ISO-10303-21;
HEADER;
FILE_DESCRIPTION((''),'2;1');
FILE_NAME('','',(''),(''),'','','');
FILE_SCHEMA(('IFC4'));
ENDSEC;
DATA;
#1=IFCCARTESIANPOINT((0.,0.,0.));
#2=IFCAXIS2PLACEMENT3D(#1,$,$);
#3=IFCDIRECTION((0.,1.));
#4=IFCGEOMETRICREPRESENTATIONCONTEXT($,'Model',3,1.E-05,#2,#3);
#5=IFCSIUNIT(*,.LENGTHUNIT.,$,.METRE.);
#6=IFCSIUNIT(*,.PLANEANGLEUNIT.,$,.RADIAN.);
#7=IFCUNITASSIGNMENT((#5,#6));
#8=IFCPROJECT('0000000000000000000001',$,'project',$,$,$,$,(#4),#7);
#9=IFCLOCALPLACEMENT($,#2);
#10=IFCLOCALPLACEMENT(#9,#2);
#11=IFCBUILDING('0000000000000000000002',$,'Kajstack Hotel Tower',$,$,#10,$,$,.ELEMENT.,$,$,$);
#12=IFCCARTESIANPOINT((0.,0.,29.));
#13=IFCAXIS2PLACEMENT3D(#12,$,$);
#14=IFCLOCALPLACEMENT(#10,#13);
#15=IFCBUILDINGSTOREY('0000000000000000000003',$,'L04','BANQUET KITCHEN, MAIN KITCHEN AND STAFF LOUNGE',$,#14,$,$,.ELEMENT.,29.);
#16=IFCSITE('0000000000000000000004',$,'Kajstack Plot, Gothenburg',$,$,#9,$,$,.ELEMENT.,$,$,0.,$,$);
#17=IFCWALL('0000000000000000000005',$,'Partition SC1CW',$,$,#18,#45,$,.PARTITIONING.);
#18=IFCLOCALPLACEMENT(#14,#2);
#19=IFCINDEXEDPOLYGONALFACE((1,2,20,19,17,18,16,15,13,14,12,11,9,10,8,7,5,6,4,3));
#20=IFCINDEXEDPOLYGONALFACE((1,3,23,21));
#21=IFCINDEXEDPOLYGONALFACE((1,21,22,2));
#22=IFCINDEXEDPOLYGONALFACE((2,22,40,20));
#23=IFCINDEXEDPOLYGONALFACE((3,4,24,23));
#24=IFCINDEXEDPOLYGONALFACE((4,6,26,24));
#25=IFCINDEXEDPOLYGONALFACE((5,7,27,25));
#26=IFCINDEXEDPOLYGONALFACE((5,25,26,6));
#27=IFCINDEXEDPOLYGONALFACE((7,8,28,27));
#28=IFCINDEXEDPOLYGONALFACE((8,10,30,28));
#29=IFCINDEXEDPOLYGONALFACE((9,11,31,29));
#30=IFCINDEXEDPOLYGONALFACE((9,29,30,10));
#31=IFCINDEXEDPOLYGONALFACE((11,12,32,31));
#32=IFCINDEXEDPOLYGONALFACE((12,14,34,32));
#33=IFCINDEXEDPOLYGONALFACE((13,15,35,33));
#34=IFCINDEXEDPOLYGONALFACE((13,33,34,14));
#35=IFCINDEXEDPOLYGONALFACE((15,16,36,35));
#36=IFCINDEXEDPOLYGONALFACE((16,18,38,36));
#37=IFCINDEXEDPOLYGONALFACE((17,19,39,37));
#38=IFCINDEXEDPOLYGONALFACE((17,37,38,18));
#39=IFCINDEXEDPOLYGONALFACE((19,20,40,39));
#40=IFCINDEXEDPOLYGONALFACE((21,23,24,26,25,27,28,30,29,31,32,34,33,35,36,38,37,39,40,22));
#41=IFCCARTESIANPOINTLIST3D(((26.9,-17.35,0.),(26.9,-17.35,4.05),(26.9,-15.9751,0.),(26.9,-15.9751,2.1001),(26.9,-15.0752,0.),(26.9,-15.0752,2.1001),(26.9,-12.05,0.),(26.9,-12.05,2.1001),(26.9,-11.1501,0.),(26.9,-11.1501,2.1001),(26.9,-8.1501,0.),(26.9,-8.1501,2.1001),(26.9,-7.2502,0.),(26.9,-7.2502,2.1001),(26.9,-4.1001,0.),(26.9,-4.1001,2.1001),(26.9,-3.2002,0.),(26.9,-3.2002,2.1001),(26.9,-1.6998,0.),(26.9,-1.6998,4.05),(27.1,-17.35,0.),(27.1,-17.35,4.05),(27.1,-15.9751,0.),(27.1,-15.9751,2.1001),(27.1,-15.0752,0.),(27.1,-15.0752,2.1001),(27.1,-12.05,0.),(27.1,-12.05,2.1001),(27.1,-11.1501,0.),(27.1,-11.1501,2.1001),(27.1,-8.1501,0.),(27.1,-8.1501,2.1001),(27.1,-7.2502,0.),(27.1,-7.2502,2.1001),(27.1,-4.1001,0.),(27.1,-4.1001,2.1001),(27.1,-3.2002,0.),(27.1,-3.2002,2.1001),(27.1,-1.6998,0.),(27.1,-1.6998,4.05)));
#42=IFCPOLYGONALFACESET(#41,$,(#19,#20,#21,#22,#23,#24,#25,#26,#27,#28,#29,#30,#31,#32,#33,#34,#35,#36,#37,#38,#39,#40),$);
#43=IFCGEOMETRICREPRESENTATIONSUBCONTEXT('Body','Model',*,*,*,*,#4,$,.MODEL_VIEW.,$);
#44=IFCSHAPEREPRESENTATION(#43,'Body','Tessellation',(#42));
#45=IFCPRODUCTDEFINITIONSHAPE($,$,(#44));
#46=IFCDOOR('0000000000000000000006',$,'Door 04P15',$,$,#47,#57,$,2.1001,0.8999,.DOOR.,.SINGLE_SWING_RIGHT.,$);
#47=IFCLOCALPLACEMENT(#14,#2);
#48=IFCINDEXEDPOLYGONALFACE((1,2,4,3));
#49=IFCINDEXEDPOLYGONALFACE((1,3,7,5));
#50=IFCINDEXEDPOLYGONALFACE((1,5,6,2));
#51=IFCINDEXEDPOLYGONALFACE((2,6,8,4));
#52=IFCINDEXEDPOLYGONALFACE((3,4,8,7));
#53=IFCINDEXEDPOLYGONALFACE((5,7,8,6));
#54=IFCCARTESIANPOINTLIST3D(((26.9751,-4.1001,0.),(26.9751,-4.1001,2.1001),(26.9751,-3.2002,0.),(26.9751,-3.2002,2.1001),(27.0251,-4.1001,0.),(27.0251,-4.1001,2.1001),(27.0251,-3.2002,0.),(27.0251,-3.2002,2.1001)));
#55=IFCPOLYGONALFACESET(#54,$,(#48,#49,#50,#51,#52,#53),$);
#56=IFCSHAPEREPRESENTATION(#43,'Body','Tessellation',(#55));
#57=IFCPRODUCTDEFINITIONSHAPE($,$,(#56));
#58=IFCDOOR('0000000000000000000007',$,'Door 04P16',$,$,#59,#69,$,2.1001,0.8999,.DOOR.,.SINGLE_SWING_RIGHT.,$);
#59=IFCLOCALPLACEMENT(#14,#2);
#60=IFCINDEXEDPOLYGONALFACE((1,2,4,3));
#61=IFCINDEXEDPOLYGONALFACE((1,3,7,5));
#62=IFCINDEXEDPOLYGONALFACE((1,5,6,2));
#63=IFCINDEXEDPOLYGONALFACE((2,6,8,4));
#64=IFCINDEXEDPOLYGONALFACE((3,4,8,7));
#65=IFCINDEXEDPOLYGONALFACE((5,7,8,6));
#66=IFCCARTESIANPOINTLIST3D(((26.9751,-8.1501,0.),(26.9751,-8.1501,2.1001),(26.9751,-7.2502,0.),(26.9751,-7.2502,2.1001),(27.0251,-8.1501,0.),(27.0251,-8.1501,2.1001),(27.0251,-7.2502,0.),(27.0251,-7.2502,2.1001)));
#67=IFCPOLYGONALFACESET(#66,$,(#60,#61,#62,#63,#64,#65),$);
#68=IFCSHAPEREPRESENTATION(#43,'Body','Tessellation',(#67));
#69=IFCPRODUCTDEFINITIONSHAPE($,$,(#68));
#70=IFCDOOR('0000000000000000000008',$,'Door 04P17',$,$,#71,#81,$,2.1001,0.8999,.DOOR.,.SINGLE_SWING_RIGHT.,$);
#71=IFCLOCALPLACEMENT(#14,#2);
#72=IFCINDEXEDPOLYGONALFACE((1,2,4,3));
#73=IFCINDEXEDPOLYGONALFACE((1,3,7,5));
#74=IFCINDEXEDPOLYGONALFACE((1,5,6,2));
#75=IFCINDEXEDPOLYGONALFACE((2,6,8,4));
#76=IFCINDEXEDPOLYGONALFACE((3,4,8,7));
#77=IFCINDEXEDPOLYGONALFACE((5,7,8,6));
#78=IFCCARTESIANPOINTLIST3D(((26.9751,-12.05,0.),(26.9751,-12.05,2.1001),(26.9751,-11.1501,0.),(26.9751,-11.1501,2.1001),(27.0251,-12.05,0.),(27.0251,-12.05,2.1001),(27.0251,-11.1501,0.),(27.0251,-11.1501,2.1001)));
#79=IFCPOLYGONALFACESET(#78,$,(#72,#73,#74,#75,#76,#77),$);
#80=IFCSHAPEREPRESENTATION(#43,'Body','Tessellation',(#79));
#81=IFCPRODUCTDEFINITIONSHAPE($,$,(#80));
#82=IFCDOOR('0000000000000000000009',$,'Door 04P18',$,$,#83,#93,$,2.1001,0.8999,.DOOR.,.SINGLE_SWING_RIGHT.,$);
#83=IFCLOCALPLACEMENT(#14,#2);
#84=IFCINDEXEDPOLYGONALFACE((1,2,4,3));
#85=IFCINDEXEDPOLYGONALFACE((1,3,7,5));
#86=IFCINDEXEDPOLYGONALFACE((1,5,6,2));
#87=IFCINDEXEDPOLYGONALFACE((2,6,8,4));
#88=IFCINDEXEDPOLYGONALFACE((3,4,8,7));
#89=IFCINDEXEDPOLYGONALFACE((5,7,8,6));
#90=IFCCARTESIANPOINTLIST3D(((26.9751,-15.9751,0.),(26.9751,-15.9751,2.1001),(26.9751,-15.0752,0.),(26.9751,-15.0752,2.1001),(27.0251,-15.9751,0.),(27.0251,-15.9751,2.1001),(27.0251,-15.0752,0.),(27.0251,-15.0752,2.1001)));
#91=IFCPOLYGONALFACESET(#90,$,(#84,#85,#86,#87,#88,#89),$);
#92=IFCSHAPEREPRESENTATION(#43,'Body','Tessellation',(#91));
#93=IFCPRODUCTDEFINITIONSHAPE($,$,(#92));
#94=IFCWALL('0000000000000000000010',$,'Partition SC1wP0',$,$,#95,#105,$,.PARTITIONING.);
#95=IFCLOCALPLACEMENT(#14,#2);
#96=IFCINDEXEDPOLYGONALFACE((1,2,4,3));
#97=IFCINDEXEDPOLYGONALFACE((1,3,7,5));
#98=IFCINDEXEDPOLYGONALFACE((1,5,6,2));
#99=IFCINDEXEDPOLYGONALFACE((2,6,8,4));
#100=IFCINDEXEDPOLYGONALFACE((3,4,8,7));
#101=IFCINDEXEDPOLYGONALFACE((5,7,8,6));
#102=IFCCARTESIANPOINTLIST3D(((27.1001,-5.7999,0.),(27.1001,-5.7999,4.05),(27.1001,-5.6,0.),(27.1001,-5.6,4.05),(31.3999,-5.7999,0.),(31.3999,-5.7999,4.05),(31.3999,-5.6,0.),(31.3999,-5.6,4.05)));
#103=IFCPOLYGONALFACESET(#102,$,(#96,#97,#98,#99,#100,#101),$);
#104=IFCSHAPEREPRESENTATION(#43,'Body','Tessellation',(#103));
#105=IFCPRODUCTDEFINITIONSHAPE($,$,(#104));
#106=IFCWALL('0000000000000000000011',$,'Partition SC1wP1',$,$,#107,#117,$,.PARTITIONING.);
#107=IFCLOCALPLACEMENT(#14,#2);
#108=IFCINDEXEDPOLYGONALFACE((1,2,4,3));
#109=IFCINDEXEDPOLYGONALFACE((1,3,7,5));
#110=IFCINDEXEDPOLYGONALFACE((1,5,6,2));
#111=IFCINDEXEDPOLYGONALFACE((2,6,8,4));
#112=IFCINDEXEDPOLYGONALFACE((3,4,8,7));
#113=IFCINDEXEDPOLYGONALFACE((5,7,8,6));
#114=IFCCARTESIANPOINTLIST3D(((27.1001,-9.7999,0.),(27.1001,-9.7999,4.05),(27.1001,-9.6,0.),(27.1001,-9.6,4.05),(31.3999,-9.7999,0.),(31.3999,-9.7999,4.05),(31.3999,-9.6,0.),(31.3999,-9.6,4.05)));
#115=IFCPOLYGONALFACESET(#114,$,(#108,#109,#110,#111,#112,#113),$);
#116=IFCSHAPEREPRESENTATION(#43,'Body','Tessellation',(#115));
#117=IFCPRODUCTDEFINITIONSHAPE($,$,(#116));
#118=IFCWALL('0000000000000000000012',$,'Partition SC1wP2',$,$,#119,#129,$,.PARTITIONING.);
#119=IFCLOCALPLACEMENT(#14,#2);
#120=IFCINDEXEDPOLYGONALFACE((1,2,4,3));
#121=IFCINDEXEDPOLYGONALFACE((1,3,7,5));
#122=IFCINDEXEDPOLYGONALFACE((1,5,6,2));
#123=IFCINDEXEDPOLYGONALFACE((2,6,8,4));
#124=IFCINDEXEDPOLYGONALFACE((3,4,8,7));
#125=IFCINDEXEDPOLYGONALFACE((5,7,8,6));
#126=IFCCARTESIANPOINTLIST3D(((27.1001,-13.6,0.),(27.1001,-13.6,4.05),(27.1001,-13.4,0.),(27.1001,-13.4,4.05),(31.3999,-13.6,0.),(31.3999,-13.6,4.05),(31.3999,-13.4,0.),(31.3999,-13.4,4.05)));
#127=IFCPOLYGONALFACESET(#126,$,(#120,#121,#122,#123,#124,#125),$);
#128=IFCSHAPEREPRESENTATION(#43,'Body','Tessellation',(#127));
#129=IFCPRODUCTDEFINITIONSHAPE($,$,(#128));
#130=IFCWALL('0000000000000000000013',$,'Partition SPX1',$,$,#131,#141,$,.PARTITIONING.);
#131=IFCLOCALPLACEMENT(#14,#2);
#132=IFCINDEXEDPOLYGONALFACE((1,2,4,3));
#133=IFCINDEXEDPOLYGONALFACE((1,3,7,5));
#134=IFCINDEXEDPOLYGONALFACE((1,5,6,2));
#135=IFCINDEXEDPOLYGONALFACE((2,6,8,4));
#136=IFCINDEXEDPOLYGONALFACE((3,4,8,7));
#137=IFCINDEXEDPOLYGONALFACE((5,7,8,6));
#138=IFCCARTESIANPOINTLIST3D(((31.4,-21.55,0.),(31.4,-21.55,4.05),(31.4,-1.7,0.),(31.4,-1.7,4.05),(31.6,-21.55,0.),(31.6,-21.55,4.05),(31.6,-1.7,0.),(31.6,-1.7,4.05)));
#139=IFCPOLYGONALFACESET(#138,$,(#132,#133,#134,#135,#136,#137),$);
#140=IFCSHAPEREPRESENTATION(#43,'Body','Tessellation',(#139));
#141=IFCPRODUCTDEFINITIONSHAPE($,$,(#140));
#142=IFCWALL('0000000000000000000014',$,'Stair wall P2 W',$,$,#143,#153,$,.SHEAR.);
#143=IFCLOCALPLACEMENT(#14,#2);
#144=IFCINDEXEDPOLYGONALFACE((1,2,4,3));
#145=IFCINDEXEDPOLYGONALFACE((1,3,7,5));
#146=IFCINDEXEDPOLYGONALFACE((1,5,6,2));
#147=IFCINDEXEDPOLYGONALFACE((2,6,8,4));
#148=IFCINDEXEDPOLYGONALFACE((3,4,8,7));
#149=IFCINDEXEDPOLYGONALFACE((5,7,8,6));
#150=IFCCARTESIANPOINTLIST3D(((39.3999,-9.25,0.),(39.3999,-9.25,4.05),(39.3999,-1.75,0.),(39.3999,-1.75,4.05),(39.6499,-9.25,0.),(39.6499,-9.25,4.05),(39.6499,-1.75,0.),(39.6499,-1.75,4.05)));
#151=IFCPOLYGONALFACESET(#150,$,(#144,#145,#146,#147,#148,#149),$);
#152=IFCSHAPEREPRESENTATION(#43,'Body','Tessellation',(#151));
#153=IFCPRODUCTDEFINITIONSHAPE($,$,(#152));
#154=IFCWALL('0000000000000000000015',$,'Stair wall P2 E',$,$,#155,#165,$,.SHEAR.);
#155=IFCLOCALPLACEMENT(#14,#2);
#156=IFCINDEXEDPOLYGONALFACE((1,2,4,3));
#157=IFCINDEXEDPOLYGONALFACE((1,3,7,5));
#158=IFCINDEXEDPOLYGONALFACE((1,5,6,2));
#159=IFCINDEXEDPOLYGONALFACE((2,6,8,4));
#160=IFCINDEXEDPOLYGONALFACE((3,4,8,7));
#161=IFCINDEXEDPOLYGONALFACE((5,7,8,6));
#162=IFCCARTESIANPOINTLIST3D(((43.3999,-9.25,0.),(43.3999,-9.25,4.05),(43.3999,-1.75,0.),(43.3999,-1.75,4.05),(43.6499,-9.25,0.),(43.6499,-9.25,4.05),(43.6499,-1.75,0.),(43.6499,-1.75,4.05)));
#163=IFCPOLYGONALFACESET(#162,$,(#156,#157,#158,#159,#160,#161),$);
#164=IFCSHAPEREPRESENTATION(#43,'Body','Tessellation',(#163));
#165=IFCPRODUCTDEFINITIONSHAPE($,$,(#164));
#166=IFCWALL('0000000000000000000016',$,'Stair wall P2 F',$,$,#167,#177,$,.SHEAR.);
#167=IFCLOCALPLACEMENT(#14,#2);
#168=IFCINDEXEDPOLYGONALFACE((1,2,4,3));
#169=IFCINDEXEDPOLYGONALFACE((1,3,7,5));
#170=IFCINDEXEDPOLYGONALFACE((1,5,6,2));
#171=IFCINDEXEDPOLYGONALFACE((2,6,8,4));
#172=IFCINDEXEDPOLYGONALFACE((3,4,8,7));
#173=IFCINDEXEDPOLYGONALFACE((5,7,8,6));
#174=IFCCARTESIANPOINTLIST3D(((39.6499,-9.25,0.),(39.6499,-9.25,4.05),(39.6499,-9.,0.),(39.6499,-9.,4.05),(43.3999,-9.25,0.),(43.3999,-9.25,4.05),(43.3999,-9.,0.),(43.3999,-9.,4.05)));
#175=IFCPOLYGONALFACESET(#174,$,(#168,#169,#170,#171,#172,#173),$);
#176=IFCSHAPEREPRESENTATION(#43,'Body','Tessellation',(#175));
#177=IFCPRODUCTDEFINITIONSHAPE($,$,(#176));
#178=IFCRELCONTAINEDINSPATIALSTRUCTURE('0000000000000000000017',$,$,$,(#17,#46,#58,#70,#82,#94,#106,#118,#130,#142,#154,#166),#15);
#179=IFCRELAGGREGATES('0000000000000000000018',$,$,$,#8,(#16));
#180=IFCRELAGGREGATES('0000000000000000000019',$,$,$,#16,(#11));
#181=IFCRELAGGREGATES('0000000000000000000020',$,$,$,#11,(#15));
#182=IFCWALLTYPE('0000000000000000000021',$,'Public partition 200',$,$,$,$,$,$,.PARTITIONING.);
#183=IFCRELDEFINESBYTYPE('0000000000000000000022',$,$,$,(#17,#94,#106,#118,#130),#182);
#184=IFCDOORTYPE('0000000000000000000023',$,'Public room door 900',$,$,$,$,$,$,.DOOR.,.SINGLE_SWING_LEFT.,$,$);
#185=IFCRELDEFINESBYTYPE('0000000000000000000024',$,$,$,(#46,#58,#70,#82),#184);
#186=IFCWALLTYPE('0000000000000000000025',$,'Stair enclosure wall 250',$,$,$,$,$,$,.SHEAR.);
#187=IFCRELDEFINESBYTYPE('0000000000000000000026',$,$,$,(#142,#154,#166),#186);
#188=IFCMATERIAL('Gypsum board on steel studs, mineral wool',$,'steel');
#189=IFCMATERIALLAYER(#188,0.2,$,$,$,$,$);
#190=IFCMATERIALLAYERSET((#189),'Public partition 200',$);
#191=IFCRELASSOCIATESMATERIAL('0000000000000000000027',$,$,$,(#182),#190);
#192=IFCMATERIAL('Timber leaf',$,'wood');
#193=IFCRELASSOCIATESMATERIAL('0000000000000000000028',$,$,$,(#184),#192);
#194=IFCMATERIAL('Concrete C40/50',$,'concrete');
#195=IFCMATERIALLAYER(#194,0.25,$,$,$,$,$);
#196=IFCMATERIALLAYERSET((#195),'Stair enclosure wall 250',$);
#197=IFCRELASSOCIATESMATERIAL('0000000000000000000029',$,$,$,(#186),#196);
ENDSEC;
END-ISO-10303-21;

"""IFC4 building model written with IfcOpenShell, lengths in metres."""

from ifc_helpers import new_model, si_unit, direction, frame, frame_2d, origin, place, context, subcontext, project, spatial, rectangle, extrude, material, layer, layer_set, type_object, element, fill, save


model = new_model("IFC4")

# Units and contexts
model_context = context("Model", 3, precision=1e-05, world=origin(), true_north=direction((0.0, 1.0)))
body_context = subcontext(model_context, "Body", "Model", "MODEL_VIEW")
ifc_project = project(units=[si_unit("LENGTHUNIT", "METRE"), si_unit("PLANEANGLEUNIT", "RADIAN")], contexts=[model_context])

# Site, building, storey
site_placement = place(None, origin())
site = spatial("IfcSite", under=ifc_project, at=site_placement, Name="Kajstack Plot, Gothenburg", CompositionType="ELEMENT", RefElevation=0.0)
building_placement = place(site_placement, origin())
building = spatial("IfcBuilding", under=site, at=building_placement, Name="Kajstack Hotel Tower", CompositionType="ELEMENT")
storey_placement = place(building_placement, frame((0.0, 0.0, 29.0)))
storey = spatial("IfcBuildingStorey", under=building, at=storey_placement, Name="L04", Description="BANQUET KITCHEN, MAIN KITCHEN AND STAFF LOUNGE", CompositionType="ELEMENT", Elevation=29.0)

# Wall, openings, doors
ifc_material_1 = material(Name="Gypsum board on steel studs, mineral wool", Category="steel")
ifc_layer_1 = layer(ifc_material_1, 0.2)
ifc_layer_set_1 = layer_set([ifc_layer_1], Name="Public partition 200")
wall_type_1 = type_object("IfcWallType", Name="Public partition 200", PredefinedType="PARTITIONING", material=ifc_layer_set_1)
wall_1_placement = place(storey_placement, frame((27.0, -17.3501, 0.0), z_axis=(0.0, 0.0, 1.0), x_axis=(0.0, 1.0, 0.0)))
wall_1 = element("IfcWall", 1, at=wall_1_placement, inside=storey, type_object=wall_type_1, Name="Partition SC1CW", PredefinedType="PARTITIONING", context=body_context, shape_type="SweptSolid", body=[
    extrude(rectangle(XDim=15.6501, YDim=0.2, at=frame_2d((7.8252, 0.0))), origin(), (0.0, 0.0, 1.0), 4.05),
])
opening_1_placement = place(wall_1_placement, frame((13.25, 0.0, 0.0)))
opening_1 = element("IfcOpeningElement", 2, at=opening_1_placement, cuts=wall_1, PredefinedType="OPENING", context=body_context, shape_type="SweptSolid", body=[
    extrude(rectangle(XDim=0.8999, YDim=2.1001, at=frame_2d((0.45, 1.05))), frame((0.0, 0.1099, 0.0), z_axis=(0.0, -1.0, 0.0), x_axis=(1.0, 0.0, 0.0)), (0.0, 0.0, 1.0), 0.22),
])
opening_2_placement = place(wall_1_placement, frame((9.2, 0.0, 0.0)))
opening_2 = element("IfcOpeningElement", 3, at=opening_2_placement, cuts=wall_1, PredefinedType="OPENING", context=body_context, shape_type="SweptSolid", body=[
    extrude(rectangle(XDim=0.8999, YDim=2.1001, at=frame_2d((0.45, 1.05))), frame((0.0, 0.1099, 0.0), z_axis=(0.0, -1.0, 0.0), x_axis=(1.0, 0.0, 0.0)), (0.0, 0.0, 1.0), 0.22),
])
opening_3_placement = place(wall_1_placement, frame((5.3, 0.0, 0.0)))
opening_3 = element("IfcOpeningElement", 4, at=opening_3_placement, cuts=wall_1, PredefinedType="OPENING", context=body_context, shape_type="SweptSolid", body=[
    extrude(rectangle(XDim=0.8999, YDim=2.1001, at=frame_2d((0.45, 1.05))), frame((0.0, 0.1099, 0.0), z_axis=(0.0, -1.0, 0.0), x_axis=(1.0, 0.0, 0.0)), (0.0, 0.0, 1.0), 0.22),
])
opening_4_placement = place(wall_1_placement, frame((1.375, 0.0, 0.0)))
opening_4 = element("IfcOpeningElement", 5, at=opening_4_placement, cuts=wall_1, PredefinedType="OPENING", context=body_context, shape_type="SweptSolid", body=[
    extrude(rectangle(XDim=0.8999, YDim=2.1001, at=frame_2d((0.45, 1.05))), frame((0.0, 0.1099, 0.0), z_axis=(0.0, -1.0, 0.0), x_axis=(1.0, 0.0, 0.0)), (0.0, 0.0, 1.0), 0.22),
])
ifc_material_2 = material(Name="Timber leaf", Category="wood")
door_type_1 = type_object("IfcDoorType", Name="Public room door 900", OperationType="SINGLE_SWING_LEFT", PredefinedType="DOOR", material=ifc_material_2)
door_1_placement = place(opening_1_placement, origin())
door_1 = element("IfcDoor", 6, at=door_1_placement, inside=storey, type_object=door_type_1, Name="Door 04P15", OperationType="SINGLE_SWING_RIGHT", OverallHeight=2.1001, OverallWidth=0.8999, PredefinedType="DOOR", context=body_context, shape_type="SweptSolid", body=[
    extrude(rectangle(XDim=0.8999, YDim=2.1001, at=frame_2d((0.45, 1.05))), frame((0.0, 0.0249, 0.0), z_axis=(0.0, -1.0, 0.0), x_axis=(1.0, 0.0, 0.0)), (0.0, 0.0, 1.0), 0.05),
])
fill(opening_1, door_1)
door_2_placement = place(opening_2_placement, origin())
door_2 = element("IfcDoor", 7, at=door_2_placement, inside=storey, type_object=door_type_1, Name="Door 04P16", OperationType="SINGLE_SWING_RIGHT", OverallHeight=2.1001, OverallWidth=0.8999, PredefinedType="DOOR", context=body_context, shape_type="SweptSolid", body=[
    extrude(rectangle(XDim=0.8999, YDim=2.1001, at=frame_2d((0.45, 1.05))), frame((0.0, 0.0249, 0.0), z_axis=(0.0, -1.0, 0.0), x_axis=(1.0, 0.0, 0.0)), (0.0, 0.0, 1.0), 0.05),
])
fill(opening_2, door_2)
door_3_placement = place(opening_3_placement, origin())
door_3 = element("IfcDoor", 8, at=door_3_placement, inside=storey, type_object=door_type_1, Name="Door 04P17", OperationType="SINGLE_SWING_RIGHT", OverallHeight=2.1001, OverallWidth=0.8999, PredefinedType="DOOR", context=body_context, shape_type="SweptSolid", body=[
    extrude(rectangle(XDim=0.8999, YDim=2.1001, at=frame_2d((0.45, 1.05))), frame((0.0, 0.0249, 0.0), z_axis=(0.0, -1.0, 0.0), x_axis=(1.0, 0.0, 0.0)), (0.0, 0.0, 1.0), 0.05),
])
fill(opening_3, door_3)
door_4_placement = place(opening_4_placement, origin())
door_4 = element("IfcDoor", 9, at=door_4_placement, inside=storey, type_object=door_type_1, Name="Door 04P18", OperationType="SINGLE_SWING_RIGHT", OverallHeight=2.1001, OverallWidth=0.8999, PredefinedType="DOOR", context=body_context, shape_type="SweptSolid", body=[
    extrude(rectangle(XDim=0.8999, YDim=2.1001, at=frame_2d((0.45, 1.05))), frame((0.0, 0.0249, 0.0), z_axis=(0.0, -1.0, 0.0), x_axis=(1.0, 0.0, 0.0)), (0.0, 0.0, 1.0), 0.05),
])
fill(opening_4, door_4)

# Walls
for number, where, z_axis, x_axis, name in (
    (10, (27.1001, -5.7, 0.0), (0.0, 0.0, 1.0), (1.0, 0.0, 0.0), "Partition SC1wP0"),
    (11, (27.1001, -9.7, 0.0), (0.0, 0.0, 1.0), (1.0, 0.0, 0.0), "Partition SC1wP1"),
    (12, (27.1001, -13.5, 0.0), (0.0, 0.0, 1.0), (1.0, 0.0, 0.0), "Partition SC1wP2"),
):
    element("IfcWall", number, at=place(storey_placement, frame(where, z_axis=z_axis, x_axis=x_axis)), inside=storey, type_object=wall_type_1, Name=name, PredefinedType="PARTITIONING", context=body_context, shape_type="SweptSolid", body=[
        extrude(rectangle(XDim=4.2998, YDim=0.2, at=frame_2d((2.1499, 0.0))), origin(), (0.0, 0.0, 1.0), 4.05),
    ])
wall_2_placement = place(storey_placement, frame((31.5, -21.55, 0.0), z_axis=(0.0, 0.0, 1.0), x_axis=(0.0, 1.0, 0.0)))
element("IfcWall", 13, at=wall_2_placement, inside=storey, type_object=wall_type_1, Name="Partition SPX1", PredefinedType="PARTITIONING", context=body_context, shape_type="SweptSolid", body=[
    extrude(rectangle(XDim=19.8501, YDim=0.2, at=frame_2d((9.925, 0.0))), origin(), (0.0, 0.0, 1.0), 4.05),
])
ifc_material_3 = material(Name="Concrete C40/50", Category="concrete")
ifc_layer_2 = layer(ifc_material_3, 0.25)
ifc_layer_set_2 = layer_set([ifc_layer_2], Name="Stair enclosure wall 250")
wall_type_2 = type_object("IfcWallType", Name="Stair enclosure wall 250", PredefinedType="SHEAR", material=ifc_layer_set_2)
for number, where, z_axis, x_axis, name in (
    (14, (39.5249, -9.25, 0.0), (0.0, 0.0, 1.0), (0.0, 1.0, 0.0), "Stair wall P2 W"),
    (15, (43.5249, -9.25, 0.0), (0.0, 0.0, 1.0), (0.0, 1.0, 0.0), "Stair wall P2 E"),
):
    element("IfcWall", number, at=place(storey_placement, frame(where, z_axis=z_axis, x_axis=x_axis)), inside=storey, type_object=wall_type_2, Name=name, PredefinedType="SHEAR", context=body_context, shape_type="SweptSolid", body=[
        extrude(rectangle(XDim=7.5, YDim=0.25, at=frame_2d((3.75, 0.0))), origin(), (0.0, 0.0, 1.0), 4.05),
    ])
wall_3_placement = place(storey_placement, frame((39.6499, -9.125, 0.0), z_axis=(0.0, 0.0, 1.0), x_axis=(1.0, 0.0, 0.0)))
element("IfcWall", 16, at=wall_3_placement, inside=storey, type_object=wall_type_2, Name="Stair wall P2 F", PredefinedType="SHEAR", context=body_context, shape_type="SweptSolid", body=[
    extrude(rectangle(XDim=3.75, YDim=0.25, at=frame_2d((1.875, 0.0))), origin(), (0.0, 0.0, 1.0), 4.05),
])

save(model, "model.ifc")
